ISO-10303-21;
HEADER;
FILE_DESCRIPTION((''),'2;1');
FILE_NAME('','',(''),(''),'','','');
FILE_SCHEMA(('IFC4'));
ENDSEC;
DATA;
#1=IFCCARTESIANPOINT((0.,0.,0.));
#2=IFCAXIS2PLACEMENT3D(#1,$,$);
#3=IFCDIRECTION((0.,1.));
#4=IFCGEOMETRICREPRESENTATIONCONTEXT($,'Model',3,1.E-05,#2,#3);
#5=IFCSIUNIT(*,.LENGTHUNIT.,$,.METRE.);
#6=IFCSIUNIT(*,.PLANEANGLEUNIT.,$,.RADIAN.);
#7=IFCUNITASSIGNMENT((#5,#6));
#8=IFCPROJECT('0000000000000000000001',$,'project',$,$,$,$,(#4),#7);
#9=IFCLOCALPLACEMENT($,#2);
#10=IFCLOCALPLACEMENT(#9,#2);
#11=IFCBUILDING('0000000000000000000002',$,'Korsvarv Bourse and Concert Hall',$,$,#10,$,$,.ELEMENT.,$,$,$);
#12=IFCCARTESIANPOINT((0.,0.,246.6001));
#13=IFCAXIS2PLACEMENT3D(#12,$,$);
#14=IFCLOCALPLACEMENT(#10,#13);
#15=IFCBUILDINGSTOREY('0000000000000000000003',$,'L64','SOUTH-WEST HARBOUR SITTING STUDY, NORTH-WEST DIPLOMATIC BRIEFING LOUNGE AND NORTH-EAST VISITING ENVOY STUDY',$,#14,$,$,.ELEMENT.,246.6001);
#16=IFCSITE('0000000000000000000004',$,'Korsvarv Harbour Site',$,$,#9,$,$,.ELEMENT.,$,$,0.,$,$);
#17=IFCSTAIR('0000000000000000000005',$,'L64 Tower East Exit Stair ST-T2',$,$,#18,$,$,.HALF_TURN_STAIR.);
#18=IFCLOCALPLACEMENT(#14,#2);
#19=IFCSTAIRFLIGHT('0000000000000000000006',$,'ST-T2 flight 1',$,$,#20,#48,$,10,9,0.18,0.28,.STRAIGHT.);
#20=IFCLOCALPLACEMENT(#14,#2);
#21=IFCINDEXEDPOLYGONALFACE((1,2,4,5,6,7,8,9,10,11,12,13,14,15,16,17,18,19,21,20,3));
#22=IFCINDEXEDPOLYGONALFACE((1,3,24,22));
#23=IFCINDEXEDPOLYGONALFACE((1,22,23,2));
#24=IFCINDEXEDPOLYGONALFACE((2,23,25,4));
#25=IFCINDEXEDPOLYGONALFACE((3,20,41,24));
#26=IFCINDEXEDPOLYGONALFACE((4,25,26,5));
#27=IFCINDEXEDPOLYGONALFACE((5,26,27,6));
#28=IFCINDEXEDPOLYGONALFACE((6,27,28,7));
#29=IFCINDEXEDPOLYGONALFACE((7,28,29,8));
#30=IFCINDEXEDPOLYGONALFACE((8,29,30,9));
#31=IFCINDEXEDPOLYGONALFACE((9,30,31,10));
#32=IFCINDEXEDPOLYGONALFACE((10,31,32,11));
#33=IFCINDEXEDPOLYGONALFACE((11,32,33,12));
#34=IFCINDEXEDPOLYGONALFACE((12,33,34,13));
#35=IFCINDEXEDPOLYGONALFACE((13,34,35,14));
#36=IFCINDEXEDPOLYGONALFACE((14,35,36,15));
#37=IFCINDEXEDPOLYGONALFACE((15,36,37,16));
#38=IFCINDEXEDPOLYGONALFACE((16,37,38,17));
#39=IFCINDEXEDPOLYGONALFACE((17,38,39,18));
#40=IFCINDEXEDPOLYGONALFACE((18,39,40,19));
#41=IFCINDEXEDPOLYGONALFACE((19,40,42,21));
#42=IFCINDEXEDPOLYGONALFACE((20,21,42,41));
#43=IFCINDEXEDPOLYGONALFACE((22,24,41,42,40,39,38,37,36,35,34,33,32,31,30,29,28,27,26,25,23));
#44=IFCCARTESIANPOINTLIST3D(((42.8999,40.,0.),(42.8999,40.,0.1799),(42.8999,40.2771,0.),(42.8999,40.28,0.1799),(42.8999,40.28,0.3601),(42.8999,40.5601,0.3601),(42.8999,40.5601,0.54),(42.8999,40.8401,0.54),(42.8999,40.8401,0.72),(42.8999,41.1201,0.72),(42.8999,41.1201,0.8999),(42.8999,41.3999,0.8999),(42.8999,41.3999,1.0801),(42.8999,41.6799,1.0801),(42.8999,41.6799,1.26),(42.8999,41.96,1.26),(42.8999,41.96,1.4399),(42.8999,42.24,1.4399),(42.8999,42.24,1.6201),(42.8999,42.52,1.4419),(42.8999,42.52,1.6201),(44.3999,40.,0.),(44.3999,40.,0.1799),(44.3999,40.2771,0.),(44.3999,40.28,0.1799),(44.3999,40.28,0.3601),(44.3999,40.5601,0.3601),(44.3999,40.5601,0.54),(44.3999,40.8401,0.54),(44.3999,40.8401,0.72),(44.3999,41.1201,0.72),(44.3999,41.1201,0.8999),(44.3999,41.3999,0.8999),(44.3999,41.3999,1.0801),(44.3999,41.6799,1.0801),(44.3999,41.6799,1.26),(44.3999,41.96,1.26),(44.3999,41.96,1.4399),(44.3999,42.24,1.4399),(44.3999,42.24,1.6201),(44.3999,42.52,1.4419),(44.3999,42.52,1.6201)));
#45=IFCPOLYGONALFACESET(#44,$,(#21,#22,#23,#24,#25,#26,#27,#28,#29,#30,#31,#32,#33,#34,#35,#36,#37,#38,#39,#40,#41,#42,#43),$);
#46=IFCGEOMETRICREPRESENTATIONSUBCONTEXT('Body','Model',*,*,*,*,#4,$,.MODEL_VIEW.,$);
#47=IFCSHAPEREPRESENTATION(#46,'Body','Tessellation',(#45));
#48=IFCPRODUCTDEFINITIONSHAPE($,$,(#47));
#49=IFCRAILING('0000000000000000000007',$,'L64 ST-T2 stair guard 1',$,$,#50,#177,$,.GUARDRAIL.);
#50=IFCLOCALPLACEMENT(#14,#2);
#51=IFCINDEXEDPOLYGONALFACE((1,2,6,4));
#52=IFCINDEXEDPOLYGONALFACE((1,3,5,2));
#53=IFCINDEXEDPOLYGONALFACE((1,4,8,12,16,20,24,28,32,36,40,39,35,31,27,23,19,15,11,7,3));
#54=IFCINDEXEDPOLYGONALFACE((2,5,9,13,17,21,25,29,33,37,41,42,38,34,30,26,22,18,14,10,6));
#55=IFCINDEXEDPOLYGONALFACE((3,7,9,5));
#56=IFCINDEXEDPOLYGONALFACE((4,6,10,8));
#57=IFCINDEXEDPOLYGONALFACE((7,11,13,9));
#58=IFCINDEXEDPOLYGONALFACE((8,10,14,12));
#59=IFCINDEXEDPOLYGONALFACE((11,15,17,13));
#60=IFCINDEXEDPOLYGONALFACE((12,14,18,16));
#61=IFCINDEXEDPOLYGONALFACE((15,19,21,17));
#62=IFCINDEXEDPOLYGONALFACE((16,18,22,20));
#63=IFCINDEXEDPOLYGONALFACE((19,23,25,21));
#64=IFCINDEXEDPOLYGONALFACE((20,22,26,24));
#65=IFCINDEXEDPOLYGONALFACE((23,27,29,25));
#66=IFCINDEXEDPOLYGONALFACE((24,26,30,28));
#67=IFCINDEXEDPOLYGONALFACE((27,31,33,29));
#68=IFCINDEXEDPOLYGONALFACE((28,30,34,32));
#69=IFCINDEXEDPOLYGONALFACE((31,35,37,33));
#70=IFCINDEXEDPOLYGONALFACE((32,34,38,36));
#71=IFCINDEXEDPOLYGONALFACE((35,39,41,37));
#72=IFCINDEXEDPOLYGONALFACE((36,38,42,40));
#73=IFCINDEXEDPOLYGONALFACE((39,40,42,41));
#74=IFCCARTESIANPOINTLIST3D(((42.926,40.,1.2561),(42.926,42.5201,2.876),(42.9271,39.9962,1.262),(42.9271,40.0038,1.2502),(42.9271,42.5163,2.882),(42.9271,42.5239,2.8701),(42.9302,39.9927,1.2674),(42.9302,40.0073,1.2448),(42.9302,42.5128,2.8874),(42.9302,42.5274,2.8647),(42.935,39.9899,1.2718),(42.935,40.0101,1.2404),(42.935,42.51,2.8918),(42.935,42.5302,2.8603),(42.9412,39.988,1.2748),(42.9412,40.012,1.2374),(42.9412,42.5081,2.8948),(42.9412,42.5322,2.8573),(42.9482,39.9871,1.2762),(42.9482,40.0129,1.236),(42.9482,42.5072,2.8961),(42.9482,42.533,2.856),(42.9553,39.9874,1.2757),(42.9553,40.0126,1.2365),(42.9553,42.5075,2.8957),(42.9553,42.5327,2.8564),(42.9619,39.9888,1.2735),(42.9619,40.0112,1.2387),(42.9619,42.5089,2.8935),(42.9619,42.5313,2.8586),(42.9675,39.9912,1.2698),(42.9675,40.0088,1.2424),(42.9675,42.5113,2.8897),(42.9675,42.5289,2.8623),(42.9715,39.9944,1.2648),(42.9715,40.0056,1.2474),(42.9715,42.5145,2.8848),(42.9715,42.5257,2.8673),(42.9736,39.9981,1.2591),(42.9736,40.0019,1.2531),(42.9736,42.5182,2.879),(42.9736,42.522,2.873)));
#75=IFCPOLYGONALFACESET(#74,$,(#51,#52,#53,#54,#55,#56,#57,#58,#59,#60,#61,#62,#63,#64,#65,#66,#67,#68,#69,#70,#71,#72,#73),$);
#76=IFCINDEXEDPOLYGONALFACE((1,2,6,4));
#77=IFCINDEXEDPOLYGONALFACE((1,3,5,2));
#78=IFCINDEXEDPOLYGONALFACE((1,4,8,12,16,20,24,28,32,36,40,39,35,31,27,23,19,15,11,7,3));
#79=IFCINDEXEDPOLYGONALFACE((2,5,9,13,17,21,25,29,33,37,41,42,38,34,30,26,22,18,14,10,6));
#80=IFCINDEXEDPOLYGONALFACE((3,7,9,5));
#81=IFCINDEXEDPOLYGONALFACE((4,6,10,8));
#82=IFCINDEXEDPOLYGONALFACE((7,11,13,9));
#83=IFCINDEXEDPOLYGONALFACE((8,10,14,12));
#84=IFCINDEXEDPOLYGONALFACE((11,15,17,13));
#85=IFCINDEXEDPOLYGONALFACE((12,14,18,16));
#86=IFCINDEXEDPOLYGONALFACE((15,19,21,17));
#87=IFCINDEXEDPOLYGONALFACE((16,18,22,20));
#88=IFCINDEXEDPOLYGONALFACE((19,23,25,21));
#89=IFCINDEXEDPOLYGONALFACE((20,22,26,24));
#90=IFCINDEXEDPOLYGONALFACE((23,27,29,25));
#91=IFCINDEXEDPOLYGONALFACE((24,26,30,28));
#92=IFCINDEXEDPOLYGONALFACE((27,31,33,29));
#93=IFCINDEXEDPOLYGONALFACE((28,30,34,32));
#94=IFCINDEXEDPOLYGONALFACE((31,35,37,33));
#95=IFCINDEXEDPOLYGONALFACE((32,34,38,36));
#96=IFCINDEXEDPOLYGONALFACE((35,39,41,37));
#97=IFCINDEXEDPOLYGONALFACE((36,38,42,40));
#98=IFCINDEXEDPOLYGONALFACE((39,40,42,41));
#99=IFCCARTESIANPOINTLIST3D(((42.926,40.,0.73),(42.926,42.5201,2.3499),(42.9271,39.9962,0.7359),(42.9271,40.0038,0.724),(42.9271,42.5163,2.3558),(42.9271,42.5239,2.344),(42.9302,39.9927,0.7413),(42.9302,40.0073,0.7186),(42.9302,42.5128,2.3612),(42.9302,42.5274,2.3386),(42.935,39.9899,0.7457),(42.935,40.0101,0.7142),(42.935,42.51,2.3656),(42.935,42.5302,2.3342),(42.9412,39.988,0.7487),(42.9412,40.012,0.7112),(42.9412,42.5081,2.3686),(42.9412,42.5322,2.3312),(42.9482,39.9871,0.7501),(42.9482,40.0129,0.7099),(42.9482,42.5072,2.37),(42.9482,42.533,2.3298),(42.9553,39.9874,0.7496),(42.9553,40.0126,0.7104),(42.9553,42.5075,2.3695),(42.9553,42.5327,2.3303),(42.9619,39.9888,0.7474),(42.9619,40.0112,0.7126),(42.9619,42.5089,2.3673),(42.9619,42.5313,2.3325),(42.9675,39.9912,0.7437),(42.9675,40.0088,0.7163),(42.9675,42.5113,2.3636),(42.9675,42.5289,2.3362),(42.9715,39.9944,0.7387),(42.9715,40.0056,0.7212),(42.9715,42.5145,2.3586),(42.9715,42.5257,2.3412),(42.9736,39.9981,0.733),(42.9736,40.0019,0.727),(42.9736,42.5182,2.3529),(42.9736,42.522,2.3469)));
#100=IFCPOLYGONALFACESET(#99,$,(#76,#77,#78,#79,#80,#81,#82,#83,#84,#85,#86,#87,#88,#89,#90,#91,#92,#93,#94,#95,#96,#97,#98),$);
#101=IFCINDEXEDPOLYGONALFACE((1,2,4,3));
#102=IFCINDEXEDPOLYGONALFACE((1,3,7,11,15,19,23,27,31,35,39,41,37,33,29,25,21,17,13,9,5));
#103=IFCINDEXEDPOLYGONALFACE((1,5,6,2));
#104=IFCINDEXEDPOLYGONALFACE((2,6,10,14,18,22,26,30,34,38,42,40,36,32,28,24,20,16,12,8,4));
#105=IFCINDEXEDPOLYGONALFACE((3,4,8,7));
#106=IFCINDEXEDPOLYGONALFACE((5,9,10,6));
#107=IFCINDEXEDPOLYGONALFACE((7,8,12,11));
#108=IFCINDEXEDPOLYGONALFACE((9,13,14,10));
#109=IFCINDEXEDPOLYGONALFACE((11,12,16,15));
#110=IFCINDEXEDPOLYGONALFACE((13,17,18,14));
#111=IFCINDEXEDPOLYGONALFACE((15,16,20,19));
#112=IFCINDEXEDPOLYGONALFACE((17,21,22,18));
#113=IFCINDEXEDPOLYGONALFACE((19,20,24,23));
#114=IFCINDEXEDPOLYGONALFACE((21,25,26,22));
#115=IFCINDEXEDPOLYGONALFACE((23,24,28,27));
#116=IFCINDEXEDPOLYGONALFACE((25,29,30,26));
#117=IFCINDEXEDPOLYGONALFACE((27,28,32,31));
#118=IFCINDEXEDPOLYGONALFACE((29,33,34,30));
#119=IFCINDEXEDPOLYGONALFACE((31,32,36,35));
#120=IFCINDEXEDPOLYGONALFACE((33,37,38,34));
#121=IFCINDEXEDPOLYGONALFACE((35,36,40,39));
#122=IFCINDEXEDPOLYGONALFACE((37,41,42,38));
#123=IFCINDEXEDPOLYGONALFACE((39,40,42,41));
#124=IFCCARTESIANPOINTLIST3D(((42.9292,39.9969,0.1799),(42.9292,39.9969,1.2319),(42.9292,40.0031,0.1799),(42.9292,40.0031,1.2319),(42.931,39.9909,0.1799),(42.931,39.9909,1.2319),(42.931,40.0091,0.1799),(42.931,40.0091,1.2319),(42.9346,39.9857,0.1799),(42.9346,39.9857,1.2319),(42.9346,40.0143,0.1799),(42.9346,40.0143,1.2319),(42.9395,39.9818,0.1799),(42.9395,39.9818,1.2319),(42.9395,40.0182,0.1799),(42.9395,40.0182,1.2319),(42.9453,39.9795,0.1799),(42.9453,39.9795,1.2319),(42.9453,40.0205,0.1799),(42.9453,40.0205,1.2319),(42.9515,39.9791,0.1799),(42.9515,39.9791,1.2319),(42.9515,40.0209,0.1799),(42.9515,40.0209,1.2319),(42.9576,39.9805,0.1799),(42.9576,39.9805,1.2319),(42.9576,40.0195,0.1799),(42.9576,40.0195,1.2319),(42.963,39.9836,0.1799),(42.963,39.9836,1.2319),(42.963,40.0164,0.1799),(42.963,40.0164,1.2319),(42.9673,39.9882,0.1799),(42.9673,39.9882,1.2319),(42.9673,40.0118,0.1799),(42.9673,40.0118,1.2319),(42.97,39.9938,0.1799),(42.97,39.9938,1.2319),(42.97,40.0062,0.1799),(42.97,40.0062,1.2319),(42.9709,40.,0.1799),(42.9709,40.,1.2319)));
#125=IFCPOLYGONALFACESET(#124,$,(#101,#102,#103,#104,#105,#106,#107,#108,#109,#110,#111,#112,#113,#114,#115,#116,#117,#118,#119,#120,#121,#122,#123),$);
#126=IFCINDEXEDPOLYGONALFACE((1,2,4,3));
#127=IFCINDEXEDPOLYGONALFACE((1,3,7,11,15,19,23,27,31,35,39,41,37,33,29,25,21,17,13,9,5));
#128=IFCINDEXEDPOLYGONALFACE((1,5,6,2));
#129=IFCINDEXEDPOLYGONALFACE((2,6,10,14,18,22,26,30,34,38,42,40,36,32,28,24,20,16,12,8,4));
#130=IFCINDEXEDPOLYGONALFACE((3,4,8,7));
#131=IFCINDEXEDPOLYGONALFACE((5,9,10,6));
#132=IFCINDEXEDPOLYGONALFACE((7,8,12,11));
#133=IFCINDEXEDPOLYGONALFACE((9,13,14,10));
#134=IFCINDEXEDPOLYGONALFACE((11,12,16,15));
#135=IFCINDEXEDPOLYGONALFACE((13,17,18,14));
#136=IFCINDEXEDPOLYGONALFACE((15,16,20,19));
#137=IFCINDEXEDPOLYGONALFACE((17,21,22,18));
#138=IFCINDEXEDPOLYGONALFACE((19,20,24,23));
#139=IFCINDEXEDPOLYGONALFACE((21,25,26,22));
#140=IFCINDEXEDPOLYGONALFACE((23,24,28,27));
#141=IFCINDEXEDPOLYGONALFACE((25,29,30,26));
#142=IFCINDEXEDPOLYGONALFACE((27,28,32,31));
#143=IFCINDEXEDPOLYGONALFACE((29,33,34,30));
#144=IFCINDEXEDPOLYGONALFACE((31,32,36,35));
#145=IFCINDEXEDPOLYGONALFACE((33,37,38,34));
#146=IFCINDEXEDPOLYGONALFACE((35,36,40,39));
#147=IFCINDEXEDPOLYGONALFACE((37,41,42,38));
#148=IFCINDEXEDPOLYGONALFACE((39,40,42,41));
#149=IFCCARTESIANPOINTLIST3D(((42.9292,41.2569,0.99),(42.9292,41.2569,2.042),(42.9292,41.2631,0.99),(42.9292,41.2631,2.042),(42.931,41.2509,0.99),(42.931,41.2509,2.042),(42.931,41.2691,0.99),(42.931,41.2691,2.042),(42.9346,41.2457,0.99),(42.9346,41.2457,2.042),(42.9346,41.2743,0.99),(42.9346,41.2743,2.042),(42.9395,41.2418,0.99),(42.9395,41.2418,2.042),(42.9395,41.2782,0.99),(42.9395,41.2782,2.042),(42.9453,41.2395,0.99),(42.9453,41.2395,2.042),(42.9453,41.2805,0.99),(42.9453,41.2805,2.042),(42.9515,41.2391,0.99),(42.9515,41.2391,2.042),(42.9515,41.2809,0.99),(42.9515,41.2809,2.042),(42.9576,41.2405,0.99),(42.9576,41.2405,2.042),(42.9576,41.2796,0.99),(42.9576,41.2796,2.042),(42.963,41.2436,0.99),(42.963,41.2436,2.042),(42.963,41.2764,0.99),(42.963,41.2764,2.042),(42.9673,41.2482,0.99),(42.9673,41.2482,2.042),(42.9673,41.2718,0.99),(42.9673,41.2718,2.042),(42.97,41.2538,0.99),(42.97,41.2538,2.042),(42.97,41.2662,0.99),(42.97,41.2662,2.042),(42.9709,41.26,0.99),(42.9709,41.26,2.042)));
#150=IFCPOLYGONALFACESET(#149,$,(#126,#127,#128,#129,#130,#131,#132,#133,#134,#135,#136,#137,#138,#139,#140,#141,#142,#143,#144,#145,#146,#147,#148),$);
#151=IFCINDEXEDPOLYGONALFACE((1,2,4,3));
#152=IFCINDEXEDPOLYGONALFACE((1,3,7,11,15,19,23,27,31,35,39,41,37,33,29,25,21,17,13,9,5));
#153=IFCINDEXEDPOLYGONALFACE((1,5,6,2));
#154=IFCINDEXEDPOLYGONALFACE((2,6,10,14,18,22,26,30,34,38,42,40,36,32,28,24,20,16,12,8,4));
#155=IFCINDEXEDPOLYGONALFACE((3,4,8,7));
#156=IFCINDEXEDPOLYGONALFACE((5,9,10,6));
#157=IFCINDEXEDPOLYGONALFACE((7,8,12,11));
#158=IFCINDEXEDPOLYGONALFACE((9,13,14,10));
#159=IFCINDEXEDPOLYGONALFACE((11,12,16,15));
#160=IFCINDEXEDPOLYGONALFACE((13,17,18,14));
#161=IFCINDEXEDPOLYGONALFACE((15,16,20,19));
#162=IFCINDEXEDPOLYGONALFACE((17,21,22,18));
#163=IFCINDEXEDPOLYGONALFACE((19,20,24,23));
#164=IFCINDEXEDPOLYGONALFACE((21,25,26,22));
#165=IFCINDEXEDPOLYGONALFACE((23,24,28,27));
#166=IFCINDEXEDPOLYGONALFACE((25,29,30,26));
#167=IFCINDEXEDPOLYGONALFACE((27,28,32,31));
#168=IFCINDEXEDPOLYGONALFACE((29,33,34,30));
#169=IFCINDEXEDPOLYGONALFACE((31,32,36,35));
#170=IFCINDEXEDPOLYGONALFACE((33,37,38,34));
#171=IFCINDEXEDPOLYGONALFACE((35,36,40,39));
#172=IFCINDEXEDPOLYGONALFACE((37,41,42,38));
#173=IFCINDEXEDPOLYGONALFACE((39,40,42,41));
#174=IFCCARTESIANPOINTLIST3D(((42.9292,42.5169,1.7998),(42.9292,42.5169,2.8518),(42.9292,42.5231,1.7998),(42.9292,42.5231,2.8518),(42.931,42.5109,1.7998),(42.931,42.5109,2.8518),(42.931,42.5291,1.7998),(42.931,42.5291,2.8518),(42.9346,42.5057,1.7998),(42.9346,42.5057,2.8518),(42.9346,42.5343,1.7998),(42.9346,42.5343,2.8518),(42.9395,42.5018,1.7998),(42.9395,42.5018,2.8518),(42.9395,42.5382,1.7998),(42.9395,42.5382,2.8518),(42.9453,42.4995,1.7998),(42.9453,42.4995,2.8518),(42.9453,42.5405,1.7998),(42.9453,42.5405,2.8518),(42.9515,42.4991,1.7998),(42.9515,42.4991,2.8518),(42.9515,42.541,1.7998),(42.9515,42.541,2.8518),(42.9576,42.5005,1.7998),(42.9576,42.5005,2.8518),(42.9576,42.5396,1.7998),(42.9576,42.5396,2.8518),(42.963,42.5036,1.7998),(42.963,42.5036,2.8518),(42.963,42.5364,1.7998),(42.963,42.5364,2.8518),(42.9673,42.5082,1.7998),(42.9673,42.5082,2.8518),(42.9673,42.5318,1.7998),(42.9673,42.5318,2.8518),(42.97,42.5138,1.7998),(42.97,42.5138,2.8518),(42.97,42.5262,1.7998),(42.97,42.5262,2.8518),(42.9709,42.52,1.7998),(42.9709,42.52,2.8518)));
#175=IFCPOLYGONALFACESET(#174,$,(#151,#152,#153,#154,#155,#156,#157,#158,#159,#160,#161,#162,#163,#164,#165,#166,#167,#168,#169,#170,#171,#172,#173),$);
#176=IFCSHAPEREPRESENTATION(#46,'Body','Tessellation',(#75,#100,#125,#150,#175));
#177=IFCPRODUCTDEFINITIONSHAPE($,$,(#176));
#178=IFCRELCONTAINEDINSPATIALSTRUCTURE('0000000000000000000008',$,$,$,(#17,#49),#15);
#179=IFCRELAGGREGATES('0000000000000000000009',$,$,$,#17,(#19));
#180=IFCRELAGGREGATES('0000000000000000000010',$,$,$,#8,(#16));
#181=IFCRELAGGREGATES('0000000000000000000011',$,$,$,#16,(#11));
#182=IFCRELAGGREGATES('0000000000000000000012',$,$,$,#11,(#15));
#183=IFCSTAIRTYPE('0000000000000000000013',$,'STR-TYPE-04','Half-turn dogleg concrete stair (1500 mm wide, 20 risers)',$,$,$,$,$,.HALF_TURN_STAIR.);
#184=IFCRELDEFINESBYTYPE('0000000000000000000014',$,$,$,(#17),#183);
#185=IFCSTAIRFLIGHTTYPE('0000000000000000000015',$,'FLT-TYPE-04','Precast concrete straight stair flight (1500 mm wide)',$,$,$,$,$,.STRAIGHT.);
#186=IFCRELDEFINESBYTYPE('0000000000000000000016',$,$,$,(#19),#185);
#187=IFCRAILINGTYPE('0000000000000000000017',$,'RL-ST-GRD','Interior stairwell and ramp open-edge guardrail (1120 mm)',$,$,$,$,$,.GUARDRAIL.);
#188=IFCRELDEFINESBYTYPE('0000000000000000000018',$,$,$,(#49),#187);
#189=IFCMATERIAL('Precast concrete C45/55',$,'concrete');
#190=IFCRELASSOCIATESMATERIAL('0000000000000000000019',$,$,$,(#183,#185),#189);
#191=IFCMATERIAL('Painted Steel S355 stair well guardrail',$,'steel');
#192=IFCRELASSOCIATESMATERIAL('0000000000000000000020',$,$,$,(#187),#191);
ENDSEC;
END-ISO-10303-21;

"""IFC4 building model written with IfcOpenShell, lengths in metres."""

from ifc_helpers import new_model, si_unit, direction, frame, origin, origin_2d, place, context, subcontext, project, spatial, polyline, circle, outline, extrude, material, type_object, element, aggregate, save


model = new_model("IFC4")

# Units and contexts
model_context = context("Model", 3, precision=1e-05, world=origin(), true_north=direction((0.0, 1.0)))
body_context = subcontext(model_context, "Body", "Model", "MODEL_VIEW")
ifc_project = project(units=[si_unit("LENGTHUNIT", "METRE"), si_unit("PLANEANGLEUNIT", "RADIAN")], contexts=[model_context])

# Site, building, storey
site_placement = place(None, origin())
site = spatial("IfcSite", under=ifc_project, at=site_placement, Name="Korsvarv Harbour Site", CompositionType="ELEMENT", RefElevation=0.0)
building_placement = place(site_placement, origin())
building = spatial("IfcBuilding", under=site, at=building_placement, Name="Korsvarv Bourse and Concert Hall", CompositionType="ELEMENT")
storey_placement = place(building_placement, frame((0.0, 0.0, 246.6001)))
storey = spatial("IfcBuildingStorey", under=building, at=storey_placement, Name="L64", Description="SOUTH-WEST HARBOUR SITTING STUDY, NORTH-WEST DIPLOMATIC BRIEFING LOUNGE AND NORTH-EAST VISITING ENVOY STUDY", CompositionType="ELEMENT", Elevation=246.6001)

# Stair, stair flight
ifc_material_1 = material(Name="Precast concrete C45/55", Category="concrete")
stair_type = type_object("IfcStairType", Name="STR-TYPE-04", Description="Half-turn dogleg concrete stair (1500 mm wide, 20 risers)", PredefinedType="HALF_TURN_STAIR", material=ifc_material_1)
stair_placement = place(storey_placement, origin())
stair = element("IfcStair", 1, at=stair_placement, inside=storey, type_object=stair_type, Name="L64 Tower East Exit Stair ST-T2", PredefinedType="HALF_TURN_STAIR")
stair_flight_type = type_object("IfcStairFlightType", Name="FLT-TYPE-04", Description="Precast concrete straight stair flight (1500 mm wide)", PredefinedType="STRAIGHT", material=ifc_material_1)
stair_flight_placement = place(storey_placement, frame((43.6499, 40.0, 0.0), z_axis=(0.0, 0.0, 1.0), x_axis=(0.0, 1.0, 0.0)))
stair_flight = element("IfcStairFlight", 2, at=stair_flight_placement, type_object=stair_flight_type, Name="ST-T2 flight 1", NumberOfRisers=10, NumberOfTreads=9, PredefinedType="STRAIGHT", RiserHeight=0.18, TreadLength=0.28, context=body_context, shape_type="SweptSolid", body=[
    extrude(outline(polyline([(0.0, 0.0), (0.0, 0.1799), (0.28, 0.1799), (0.28, 0.3601), (0.5601, 0.3601), (0.5601, 0.54), (0.8401, 0.54), (0.8401, 0.72), (1.1201, 0.72), (1.1201, 0.8999), (1.3999, 0.8999), (1.3999, 1.0801), (1.6799, 1.0801), (1.6799, 1.26), (1.96, 1.26), (1.96, 1.4399), (2.24, 1.4399), (2.24, 1.6201), (2.52, 1.6201), (2.52, 1.8), (2.52, 1.4419), (0.2771, 0.0), (0.0, 0.0)])), frame((0.0, 0.75, 0.0), z_axis=(0.0, -1.0, 0.0), x_axis=(1.0, 0.0, 0.0)), (0.0, 0.0, 1.0), 1.5),
])
aggregate(stair, [stair_flight])

# Railing
ifc_material_2 = material(Name="Painted Steel S355 stair well guardrail", Category="steel")
railing_type_1 = type_object("IfcRailingType", Name="RL-ST-GRD", Description="Interior stairwell and ramp open-edge guardrail (1120 mm)", PredefinedType="GUARDRAIL", material=ifc_material_2)
railing_1_placement = place(storey_placement, frame((42.95, 40.0, 0.1799)))
element("IfcRailing", 3, at=railing_1_placement, inside=storey, type_object=railing_type_1, Name="L64 ST-T2 stair guard 1", PredefinedType="GUARDRAIL", context=body_context, shape_type="SweptSolid", body=[
    extrude(circle(Radius=0.0239, at=origin_2d()), frame((0.0, 0.0, 1.0762), z_axis=(0.0, 0.8412, 0.540725), x_axis=(-1.0, 0.0, 0.0)), (0.0, 0.0, 1.0), 2.9958),
    extrude(circle(Radius=0.0239, at=origin_2d()), frame((0.0, 0.0, 0.55), z_axis=(0.0, 0.8412, 0.540725), x_axis=(-1.0, 0.0, 0.0)), (0.0, 0.0, 1.0), 2.9958),
    extrude(circle(Radius=0.021, at=origin_2d()), origin(), (0.0, 0.0, 1.0), 1.052),
    extrude(circle(Radius=0.021, at=origin_2d()), frame((0.0, 1.26, 0.8101)), (0.0, 0.0, 1.0), 1.052),
    extrude(circle(Radius=0.021, at=origin_2d()), frame((0.0, 2.52, 1.6199)), (0.0, 0.0, 1.0), 1.052),
])

save(model, "model.ifc")
